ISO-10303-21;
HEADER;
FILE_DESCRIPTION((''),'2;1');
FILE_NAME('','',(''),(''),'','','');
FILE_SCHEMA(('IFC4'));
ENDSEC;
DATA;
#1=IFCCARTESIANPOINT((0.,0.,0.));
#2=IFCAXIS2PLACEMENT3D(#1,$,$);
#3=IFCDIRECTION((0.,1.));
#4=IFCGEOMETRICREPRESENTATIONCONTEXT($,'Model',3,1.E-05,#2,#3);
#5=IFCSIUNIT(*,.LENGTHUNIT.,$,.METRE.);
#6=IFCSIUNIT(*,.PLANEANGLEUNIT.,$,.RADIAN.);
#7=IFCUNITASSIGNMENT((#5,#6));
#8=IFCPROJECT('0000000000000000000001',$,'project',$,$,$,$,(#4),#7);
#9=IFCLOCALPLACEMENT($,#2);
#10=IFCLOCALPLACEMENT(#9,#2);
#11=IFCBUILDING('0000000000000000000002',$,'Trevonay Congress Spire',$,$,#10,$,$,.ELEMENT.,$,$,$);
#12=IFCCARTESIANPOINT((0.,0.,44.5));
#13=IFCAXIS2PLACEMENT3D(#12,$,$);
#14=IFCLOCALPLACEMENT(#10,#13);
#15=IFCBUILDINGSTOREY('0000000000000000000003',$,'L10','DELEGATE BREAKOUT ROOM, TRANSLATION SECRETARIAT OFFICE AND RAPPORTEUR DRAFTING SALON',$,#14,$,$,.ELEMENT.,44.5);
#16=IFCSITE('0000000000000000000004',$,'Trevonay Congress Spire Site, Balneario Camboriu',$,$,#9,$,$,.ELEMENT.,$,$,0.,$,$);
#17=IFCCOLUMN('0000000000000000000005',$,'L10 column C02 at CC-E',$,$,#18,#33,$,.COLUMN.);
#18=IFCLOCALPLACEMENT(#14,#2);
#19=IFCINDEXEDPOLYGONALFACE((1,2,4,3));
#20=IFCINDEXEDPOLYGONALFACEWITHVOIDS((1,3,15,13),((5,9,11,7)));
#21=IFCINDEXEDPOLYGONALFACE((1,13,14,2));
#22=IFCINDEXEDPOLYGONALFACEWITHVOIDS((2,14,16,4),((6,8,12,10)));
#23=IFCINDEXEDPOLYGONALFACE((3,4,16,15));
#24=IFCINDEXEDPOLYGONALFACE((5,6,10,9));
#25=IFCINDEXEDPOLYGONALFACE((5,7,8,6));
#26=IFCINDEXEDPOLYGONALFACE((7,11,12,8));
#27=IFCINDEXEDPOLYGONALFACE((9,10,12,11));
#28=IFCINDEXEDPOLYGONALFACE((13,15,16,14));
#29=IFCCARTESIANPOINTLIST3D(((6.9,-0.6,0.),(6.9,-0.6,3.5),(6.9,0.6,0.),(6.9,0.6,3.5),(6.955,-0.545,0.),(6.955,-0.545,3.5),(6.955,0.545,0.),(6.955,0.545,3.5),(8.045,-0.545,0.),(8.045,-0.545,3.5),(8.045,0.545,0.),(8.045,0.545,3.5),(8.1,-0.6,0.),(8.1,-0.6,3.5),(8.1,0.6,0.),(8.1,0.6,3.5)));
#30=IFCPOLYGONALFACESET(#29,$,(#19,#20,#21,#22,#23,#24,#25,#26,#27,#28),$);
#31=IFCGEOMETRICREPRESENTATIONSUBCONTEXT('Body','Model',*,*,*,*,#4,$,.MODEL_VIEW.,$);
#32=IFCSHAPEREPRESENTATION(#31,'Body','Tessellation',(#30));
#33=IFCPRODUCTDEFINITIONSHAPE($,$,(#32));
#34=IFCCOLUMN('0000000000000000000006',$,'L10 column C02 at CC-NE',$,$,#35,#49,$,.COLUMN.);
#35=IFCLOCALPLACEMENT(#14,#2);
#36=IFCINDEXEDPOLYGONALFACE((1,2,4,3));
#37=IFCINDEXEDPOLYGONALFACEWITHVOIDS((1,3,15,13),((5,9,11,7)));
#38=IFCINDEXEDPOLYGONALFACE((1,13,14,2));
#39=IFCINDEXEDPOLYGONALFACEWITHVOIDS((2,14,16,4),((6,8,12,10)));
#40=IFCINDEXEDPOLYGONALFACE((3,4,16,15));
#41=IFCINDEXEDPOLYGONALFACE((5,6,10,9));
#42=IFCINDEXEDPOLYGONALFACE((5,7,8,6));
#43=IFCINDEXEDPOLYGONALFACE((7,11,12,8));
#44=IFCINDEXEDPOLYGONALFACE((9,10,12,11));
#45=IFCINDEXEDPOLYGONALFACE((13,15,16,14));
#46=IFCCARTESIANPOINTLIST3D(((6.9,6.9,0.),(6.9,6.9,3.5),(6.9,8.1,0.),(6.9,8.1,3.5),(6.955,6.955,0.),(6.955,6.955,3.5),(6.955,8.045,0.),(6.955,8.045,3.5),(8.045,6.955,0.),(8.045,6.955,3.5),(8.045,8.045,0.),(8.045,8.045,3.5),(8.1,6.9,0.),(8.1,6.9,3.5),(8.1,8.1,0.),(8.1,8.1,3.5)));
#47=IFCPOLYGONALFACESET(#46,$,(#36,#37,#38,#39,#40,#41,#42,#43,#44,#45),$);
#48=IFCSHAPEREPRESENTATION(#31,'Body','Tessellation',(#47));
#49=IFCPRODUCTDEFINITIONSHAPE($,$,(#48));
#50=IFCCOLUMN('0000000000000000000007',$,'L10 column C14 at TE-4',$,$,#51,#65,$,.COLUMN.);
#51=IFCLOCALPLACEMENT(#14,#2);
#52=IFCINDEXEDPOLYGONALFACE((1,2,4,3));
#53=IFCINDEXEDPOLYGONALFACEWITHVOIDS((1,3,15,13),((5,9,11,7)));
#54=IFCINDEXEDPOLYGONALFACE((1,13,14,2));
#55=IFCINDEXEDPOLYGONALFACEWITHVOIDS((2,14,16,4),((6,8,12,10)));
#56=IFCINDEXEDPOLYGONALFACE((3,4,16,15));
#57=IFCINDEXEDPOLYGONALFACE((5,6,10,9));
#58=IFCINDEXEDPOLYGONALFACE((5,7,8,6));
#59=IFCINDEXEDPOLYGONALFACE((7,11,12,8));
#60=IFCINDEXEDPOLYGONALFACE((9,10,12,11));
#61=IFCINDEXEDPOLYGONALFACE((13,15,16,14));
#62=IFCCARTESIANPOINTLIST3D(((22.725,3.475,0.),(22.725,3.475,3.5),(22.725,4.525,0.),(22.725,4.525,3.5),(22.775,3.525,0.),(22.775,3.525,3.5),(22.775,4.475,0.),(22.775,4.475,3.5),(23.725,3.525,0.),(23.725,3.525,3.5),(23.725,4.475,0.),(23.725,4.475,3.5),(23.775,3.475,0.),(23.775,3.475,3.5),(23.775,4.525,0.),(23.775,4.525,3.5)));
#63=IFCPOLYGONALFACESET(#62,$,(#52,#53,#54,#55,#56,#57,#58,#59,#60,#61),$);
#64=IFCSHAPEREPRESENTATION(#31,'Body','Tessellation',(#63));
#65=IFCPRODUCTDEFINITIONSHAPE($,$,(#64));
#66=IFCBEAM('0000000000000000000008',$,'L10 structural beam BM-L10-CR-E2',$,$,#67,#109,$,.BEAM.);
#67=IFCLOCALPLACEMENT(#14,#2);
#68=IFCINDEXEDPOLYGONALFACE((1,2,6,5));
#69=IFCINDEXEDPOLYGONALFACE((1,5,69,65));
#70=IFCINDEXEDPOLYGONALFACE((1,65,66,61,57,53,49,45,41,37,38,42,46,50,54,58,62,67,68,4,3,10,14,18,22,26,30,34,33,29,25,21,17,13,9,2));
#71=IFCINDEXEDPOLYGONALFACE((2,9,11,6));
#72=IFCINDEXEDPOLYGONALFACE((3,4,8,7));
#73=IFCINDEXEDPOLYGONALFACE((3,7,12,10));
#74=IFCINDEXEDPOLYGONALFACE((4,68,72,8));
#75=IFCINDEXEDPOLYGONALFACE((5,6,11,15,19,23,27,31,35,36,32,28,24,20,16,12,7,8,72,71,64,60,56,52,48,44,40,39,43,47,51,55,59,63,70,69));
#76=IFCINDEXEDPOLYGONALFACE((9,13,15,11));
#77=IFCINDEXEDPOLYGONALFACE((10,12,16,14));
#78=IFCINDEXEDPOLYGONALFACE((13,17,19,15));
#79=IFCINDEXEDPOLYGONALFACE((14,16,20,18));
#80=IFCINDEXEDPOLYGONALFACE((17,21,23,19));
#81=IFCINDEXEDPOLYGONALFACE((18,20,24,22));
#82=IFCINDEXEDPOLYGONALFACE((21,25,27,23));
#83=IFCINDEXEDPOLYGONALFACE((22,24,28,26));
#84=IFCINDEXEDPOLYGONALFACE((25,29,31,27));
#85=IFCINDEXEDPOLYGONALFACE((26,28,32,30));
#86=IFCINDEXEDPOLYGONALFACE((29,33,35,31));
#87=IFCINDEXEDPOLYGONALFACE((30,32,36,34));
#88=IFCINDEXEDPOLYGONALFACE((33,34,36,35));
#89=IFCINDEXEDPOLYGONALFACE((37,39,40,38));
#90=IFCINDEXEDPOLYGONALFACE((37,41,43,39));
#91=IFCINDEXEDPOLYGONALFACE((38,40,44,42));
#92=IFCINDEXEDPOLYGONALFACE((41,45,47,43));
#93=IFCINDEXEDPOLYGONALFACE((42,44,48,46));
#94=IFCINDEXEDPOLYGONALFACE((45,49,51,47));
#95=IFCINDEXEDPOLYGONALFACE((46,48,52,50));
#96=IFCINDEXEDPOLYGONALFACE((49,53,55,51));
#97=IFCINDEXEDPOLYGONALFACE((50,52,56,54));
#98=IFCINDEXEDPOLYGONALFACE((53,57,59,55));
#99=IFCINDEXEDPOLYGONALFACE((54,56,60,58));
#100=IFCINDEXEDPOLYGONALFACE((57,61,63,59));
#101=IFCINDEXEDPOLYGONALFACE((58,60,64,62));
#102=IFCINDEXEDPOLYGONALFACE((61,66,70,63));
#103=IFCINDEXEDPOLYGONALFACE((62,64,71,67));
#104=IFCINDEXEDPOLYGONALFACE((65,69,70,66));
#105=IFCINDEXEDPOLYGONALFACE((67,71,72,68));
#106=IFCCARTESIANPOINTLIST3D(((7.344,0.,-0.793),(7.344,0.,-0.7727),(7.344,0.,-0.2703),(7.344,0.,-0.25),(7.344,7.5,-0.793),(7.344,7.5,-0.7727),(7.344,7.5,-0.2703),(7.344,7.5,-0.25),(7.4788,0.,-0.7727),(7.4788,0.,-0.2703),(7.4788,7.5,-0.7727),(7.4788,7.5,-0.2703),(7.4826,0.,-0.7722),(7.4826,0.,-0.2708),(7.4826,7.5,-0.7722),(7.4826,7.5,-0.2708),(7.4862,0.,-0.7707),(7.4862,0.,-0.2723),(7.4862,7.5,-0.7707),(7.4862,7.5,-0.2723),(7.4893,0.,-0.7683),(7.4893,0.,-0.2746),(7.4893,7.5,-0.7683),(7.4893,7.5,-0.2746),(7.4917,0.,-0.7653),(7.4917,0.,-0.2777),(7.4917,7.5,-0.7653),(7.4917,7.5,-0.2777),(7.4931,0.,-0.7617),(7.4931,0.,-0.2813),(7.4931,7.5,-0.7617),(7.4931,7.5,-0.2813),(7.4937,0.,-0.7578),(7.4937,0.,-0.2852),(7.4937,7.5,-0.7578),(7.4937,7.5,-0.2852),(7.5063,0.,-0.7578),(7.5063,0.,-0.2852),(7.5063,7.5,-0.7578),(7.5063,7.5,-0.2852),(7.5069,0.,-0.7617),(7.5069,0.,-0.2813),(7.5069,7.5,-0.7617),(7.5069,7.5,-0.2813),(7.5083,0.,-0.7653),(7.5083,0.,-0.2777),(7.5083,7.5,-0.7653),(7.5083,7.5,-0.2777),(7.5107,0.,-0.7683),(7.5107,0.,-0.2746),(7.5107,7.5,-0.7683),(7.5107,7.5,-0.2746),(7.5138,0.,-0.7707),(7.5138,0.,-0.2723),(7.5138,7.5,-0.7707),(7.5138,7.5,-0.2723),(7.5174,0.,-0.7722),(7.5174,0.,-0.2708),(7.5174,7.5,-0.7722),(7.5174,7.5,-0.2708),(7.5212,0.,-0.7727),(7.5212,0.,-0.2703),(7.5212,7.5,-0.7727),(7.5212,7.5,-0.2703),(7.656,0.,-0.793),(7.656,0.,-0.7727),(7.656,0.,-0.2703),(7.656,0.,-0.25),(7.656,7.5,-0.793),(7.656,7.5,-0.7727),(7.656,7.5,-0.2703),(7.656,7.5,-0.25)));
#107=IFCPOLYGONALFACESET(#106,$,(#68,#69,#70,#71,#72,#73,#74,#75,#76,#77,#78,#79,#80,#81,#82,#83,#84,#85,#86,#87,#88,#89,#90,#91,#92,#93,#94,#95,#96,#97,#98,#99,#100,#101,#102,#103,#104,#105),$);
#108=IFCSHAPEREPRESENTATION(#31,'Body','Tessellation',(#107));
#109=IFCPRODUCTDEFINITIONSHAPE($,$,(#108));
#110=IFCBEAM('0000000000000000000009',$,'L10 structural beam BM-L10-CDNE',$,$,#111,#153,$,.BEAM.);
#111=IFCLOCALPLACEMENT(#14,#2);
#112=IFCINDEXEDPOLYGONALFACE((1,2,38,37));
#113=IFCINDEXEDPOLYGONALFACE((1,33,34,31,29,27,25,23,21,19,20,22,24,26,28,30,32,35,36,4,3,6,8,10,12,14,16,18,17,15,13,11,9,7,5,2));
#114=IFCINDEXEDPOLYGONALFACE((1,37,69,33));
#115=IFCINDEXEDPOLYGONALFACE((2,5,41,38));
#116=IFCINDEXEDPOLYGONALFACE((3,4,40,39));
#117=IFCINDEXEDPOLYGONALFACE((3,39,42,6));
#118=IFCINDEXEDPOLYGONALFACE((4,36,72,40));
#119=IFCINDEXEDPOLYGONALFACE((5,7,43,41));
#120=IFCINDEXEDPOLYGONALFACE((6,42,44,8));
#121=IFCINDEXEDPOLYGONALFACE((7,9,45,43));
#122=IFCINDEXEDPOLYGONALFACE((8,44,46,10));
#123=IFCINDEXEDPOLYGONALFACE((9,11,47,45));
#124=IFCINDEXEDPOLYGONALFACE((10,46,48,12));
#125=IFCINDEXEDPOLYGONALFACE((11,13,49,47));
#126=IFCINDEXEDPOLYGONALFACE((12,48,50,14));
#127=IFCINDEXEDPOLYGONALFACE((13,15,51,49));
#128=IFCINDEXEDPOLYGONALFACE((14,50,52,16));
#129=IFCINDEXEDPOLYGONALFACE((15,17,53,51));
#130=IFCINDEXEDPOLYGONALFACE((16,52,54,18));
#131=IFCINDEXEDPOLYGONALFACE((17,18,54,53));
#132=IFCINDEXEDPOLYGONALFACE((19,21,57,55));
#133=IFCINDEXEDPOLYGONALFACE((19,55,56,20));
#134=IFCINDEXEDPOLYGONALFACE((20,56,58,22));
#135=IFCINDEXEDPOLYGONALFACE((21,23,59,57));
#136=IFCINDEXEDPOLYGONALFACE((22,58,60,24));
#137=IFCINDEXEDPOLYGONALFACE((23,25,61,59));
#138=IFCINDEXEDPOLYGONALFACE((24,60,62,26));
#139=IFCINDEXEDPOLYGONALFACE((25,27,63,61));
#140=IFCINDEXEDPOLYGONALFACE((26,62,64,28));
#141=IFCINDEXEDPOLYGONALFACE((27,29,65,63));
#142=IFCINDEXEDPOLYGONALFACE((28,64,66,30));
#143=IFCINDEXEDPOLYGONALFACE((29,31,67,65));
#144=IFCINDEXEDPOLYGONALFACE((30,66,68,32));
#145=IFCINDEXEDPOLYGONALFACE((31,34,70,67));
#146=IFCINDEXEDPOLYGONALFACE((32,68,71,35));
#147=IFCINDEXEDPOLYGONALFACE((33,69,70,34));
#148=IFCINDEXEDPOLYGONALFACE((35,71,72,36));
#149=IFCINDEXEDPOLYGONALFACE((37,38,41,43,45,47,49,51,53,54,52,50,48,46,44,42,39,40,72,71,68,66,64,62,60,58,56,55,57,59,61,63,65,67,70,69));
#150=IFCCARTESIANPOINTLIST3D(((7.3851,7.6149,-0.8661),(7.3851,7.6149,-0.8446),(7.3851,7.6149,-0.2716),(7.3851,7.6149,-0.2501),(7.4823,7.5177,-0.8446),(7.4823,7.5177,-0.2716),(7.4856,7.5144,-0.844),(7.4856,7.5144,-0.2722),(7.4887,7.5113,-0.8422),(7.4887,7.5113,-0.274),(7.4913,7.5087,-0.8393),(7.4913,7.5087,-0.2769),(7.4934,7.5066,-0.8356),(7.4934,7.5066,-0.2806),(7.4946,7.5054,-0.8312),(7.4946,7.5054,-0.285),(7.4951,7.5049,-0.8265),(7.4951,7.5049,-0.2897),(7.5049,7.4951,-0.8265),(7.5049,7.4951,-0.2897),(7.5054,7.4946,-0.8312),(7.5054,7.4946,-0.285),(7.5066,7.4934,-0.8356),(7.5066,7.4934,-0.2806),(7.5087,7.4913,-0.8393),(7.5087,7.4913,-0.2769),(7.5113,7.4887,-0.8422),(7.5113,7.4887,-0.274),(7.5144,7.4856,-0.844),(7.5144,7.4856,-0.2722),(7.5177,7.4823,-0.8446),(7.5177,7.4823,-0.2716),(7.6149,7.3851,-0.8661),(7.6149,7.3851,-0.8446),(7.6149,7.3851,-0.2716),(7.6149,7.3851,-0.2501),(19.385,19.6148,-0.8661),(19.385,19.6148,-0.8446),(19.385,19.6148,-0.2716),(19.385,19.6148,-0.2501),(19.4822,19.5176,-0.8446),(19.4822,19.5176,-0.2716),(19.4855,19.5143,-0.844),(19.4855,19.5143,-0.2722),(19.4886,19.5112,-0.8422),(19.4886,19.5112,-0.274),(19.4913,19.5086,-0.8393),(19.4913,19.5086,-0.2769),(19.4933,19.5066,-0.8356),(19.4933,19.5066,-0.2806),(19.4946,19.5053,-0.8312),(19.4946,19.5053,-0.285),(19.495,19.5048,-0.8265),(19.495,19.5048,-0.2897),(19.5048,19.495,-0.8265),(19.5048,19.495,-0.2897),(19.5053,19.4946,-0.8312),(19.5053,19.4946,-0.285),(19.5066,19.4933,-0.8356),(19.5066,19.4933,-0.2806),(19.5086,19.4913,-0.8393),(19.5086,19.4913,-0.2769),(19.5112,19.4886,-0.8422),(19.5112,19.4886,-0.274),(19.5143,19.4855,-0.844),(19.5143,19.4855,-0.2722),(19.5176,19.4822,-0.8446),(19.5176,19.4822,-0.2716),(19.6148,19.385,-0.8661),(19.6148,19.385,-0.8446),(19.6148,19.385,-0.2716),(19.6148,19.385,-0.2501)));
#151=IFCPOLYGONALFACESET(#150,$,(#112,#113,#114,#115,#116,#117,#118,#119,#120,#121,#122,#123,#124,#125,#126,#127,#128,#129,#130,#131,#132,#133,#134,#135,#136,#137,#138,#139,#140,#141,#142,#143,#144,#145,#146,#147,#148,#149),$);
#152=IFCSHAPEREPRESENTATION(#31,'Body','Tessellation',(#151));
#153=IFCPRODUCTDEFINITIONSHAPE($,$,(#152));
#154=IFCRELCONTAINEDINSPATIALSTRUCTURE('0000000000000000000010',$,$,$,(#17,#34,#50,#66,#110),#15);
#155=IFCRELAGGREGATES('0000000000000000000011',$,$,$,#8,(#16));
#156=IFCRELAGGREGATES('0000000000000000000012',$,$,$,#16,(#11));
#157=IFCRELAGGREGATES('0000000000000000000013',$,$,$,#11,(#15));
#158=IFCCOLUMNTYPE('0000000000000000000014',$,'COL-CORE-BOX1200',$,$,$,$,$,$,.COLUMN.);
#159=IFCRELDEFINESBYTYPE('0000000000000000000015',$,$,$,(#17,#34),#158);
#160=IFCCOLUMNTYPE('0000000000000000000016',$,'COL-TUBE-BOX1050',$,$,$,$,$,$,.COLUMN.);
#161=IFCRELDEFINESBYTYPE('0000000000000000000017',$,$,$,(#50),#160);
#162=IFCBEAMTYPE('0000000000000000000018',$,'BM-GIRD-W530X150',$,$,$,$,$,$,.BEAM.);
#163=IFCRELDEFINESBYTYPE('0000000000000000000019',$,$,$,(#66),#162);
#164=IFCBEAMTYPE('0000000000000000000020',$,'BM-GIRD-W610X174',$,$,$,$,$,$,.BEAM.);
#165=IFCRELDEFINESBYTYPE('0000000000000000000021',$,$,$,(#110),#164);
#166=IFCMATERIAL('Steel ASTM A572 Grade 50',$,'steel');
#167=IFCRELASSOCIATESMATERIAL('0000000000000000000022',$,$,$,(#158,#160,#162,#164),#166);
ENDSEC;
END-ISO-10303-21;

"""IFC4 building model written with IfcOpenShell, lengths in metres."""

from ifc_helpers import new_model, si_unit, direction, frame, origin, origin_2d, place, context, subcontext, project, spatial, hollow_rectangle, i_section, extrude, material, material_profile, profile_set, type_object, element, save


model = new_model("IFC4")

# Units and contexts
model_context = context("Model", 3, precision=1e-05, world=origin(), true_north=direction((0.0, 1.0)))
body_context = subcontext(model_context, "Body", "Model", "MODEL_VIEW")
ifc_project = project(units=[si_unit("LENGTHUNIT", "METRE"), si_unit("PLANEANGLEUNIT", "RADIAN")], contexts=[model_context])

# Site, building, storey
site_placement = place(None, origin())
site = spatial("IfcSite", under=ifc_project, at=site_placement, Name="Trevonay Congress Spire Site, Balneario Camboriu", CompositionType="ELEMENT", RefElevation=0.0)
building_placement = place(site_placement, origin())
building = spatial("IfcBuilding", under=site, at=building_placement, Name="Trevonay Congress Spire", CompositionType="ELEMENT")
storey_placement = place(building_placement, frame((0.0, 0.0, 44.5)))
storey = spatial("IfcBuildingStorey", under=building, at=storey_placement, Name="L10", Description="DELEGATE BREAKOUT ROOM, TRANSLATION SECRETARIAT OFFICE AND RAPPORTEUR DRAFTING SALON", CompositionType="ELEMENT", Elevation=44.5)

# Columns
ifc_material_1 = material(Name="Steel ASTM A572 Grade 50", Category="steel")
ifc_material_profile_1 = material_profile(ifc_material_1, hollow_rectangle(XDim=1.2, YDim=1.2, WallThickness=0.0549, at=origin_2d()), Name="BOX 1200x1200x55")
ifc_profile_set_1 = profile_set([ifc_material_profile_1], Name="Steel ASTM A572 Grade 50")
column_type_1 = type_object("IfcColumnType", Name="COL-CORE-BOX1200", PredefinedType="COLUMN", material=ifc_profile_set_1)
for number, where, z_axis, x_axis, name in (
    (1, (7.5, 0.0, 0.0), (0.0, 0.0, 1.0), (1.0, 0.0, 0.0), "L10 column C02 at CC-E"),
    (2, (7.5, 7.5, 0.0), (0.0, 0.0, 1.0), (1.0, 0.0, 0.0), "L10 column C02 at CC-NE"),
):
    element("IfcColumn", number, at=place(storey_placement, frame(where, z_axis=z_axis, x_axis=x_axis)), inside=storey, type_object=column_type_1, Name=name, PredefinedType="COLUMN", context=body_context, shape_type="SweptSolid", body=[
        extrude(hollow_rectangle(XDim=1.2, YDim=1.2, WallThickness=0.0549, at=origin_2d()), origin(), (0.0, 0.0, 1.0), 3.5),
    ])
ifc_material_profile_2 = material_profile(ifc_material_1, hollow_rectangle(XDim=1.05, YDim=1.05, WallThickness=0.05, at=origin_2d()), Name="BOX 1050x1050x50")
ifc_profile_set_2 = profile_set([ifc_material_profile_2], Name="Steel ASTM A572 Grade 50")
column_type_2 = type_object("IfcColumnType", Name="COL-TUBE-BOX1050", PredefinedType="COLUMN", material=ifc_profile_set_2)
column_placement = place(storey_placement, frame((23.25, 4.0, 0.0), z_axis=(0.0, 0.0, 1.0), x_axis=(1.0, 0.0, 0.0)))
element("IfcColumn", 3, at=column_placement, inside=storey, type_object=column_type_2, Name="L10 column C14 at TE-4", PredefinedType="COLUMN", context=body_context, shape_type="SweptSolid", body=[
    extrude(hollow_rectangle(XDim=1.05, YDim=1.05, WallThickness=0.05, at=origin_2d()), origin(), (0.0, 0.0, 1.0), 3.5),
])

# Beams
ifc_material_profile_3 = material_profile(ifc_material_1, i_section(OverallWidth=0.312, OverallDepth=0.543, WebThickness=0.0127, FlangeThickness=0.0203, FilletRadius=0.0149, at=origin_2d()), Name="W530x150")
ifc_profile_set_3 = profile_set([ifc_material_profile_3], Name="Steel ASTM A572 Grade 50")
beam_type_1 = type_object("IfcBeamType", Name="BM-GIRD-W530X150", PredefinedType="BEAM", material=ifc_profile_set_3)
beam_1_placement = place(storey_placement, frame((7.5, 0.0, -0.5215), z_axis=(0.0, 1.0, 0.0), x_axis=(-1.0, 0.0, 0.0)))
element("IfcBeam", 4, at=beam_1_placement, inside=storey, type_object=beam_type_1, Name="L10 structural beam BM-L10-CR-E2", PredefinedType="BEAM", context=body_context, shape_type="SweptSolid", body=[
    extrude(i_section(OverallWidth=0.312, OverallDepth=0.543, WebThickness=0.0127, FlangeThickness=0.0203, FilletRadius=0.0149, at=origin_2d()), origin(), (0.0, 0.0, 1.0), 7.5),
])
ifc_material_profile_4 = material_profile(ifc_material_1, i_section(OverallWidth=0.325, OverallDepth=0.616, WebThickness=0.0139, FlangeThickness=0.0215, FilletRadius=0.0181, at=origin_2d()), Name="W610x174")
ifc_profile_set_4 = profile_set([ifc_material_profile_4], Name="Steel ASTM A572 Grade 50")
beam_type_2 = type_object("IfcBeamType", Name="BM-GIRD-W610X174", PredefinedType="BEAM", material=ifc_profile_set_4)
beam_2_placement = place(storey_placement, frame((7.5, 7.5, -0.5581), z_axis=(0.707107, 0.707107, 0.0), x_axis=(-0.707107, 0.707107, 0.0)))
element("IfcBeam", 5, at=beam_2_placement, inside=storey, type_object=beam_type_2, Name="L10 structural beam BM-L10-CDNE", PredefinedType="BEAM", context=body_context, shape_type="SweptSolid", body=[
    extrude(i_section(OverallWidth=0.325, OverallDepth=0.616, WebThickness=0.0139, FlangeThickness=0.0215, FilletRadius=0.0181, at=origin_2d()), origin(), (0.0, 0.0, 1.0), 16.9705),
])

save(model, "model.ifc")
